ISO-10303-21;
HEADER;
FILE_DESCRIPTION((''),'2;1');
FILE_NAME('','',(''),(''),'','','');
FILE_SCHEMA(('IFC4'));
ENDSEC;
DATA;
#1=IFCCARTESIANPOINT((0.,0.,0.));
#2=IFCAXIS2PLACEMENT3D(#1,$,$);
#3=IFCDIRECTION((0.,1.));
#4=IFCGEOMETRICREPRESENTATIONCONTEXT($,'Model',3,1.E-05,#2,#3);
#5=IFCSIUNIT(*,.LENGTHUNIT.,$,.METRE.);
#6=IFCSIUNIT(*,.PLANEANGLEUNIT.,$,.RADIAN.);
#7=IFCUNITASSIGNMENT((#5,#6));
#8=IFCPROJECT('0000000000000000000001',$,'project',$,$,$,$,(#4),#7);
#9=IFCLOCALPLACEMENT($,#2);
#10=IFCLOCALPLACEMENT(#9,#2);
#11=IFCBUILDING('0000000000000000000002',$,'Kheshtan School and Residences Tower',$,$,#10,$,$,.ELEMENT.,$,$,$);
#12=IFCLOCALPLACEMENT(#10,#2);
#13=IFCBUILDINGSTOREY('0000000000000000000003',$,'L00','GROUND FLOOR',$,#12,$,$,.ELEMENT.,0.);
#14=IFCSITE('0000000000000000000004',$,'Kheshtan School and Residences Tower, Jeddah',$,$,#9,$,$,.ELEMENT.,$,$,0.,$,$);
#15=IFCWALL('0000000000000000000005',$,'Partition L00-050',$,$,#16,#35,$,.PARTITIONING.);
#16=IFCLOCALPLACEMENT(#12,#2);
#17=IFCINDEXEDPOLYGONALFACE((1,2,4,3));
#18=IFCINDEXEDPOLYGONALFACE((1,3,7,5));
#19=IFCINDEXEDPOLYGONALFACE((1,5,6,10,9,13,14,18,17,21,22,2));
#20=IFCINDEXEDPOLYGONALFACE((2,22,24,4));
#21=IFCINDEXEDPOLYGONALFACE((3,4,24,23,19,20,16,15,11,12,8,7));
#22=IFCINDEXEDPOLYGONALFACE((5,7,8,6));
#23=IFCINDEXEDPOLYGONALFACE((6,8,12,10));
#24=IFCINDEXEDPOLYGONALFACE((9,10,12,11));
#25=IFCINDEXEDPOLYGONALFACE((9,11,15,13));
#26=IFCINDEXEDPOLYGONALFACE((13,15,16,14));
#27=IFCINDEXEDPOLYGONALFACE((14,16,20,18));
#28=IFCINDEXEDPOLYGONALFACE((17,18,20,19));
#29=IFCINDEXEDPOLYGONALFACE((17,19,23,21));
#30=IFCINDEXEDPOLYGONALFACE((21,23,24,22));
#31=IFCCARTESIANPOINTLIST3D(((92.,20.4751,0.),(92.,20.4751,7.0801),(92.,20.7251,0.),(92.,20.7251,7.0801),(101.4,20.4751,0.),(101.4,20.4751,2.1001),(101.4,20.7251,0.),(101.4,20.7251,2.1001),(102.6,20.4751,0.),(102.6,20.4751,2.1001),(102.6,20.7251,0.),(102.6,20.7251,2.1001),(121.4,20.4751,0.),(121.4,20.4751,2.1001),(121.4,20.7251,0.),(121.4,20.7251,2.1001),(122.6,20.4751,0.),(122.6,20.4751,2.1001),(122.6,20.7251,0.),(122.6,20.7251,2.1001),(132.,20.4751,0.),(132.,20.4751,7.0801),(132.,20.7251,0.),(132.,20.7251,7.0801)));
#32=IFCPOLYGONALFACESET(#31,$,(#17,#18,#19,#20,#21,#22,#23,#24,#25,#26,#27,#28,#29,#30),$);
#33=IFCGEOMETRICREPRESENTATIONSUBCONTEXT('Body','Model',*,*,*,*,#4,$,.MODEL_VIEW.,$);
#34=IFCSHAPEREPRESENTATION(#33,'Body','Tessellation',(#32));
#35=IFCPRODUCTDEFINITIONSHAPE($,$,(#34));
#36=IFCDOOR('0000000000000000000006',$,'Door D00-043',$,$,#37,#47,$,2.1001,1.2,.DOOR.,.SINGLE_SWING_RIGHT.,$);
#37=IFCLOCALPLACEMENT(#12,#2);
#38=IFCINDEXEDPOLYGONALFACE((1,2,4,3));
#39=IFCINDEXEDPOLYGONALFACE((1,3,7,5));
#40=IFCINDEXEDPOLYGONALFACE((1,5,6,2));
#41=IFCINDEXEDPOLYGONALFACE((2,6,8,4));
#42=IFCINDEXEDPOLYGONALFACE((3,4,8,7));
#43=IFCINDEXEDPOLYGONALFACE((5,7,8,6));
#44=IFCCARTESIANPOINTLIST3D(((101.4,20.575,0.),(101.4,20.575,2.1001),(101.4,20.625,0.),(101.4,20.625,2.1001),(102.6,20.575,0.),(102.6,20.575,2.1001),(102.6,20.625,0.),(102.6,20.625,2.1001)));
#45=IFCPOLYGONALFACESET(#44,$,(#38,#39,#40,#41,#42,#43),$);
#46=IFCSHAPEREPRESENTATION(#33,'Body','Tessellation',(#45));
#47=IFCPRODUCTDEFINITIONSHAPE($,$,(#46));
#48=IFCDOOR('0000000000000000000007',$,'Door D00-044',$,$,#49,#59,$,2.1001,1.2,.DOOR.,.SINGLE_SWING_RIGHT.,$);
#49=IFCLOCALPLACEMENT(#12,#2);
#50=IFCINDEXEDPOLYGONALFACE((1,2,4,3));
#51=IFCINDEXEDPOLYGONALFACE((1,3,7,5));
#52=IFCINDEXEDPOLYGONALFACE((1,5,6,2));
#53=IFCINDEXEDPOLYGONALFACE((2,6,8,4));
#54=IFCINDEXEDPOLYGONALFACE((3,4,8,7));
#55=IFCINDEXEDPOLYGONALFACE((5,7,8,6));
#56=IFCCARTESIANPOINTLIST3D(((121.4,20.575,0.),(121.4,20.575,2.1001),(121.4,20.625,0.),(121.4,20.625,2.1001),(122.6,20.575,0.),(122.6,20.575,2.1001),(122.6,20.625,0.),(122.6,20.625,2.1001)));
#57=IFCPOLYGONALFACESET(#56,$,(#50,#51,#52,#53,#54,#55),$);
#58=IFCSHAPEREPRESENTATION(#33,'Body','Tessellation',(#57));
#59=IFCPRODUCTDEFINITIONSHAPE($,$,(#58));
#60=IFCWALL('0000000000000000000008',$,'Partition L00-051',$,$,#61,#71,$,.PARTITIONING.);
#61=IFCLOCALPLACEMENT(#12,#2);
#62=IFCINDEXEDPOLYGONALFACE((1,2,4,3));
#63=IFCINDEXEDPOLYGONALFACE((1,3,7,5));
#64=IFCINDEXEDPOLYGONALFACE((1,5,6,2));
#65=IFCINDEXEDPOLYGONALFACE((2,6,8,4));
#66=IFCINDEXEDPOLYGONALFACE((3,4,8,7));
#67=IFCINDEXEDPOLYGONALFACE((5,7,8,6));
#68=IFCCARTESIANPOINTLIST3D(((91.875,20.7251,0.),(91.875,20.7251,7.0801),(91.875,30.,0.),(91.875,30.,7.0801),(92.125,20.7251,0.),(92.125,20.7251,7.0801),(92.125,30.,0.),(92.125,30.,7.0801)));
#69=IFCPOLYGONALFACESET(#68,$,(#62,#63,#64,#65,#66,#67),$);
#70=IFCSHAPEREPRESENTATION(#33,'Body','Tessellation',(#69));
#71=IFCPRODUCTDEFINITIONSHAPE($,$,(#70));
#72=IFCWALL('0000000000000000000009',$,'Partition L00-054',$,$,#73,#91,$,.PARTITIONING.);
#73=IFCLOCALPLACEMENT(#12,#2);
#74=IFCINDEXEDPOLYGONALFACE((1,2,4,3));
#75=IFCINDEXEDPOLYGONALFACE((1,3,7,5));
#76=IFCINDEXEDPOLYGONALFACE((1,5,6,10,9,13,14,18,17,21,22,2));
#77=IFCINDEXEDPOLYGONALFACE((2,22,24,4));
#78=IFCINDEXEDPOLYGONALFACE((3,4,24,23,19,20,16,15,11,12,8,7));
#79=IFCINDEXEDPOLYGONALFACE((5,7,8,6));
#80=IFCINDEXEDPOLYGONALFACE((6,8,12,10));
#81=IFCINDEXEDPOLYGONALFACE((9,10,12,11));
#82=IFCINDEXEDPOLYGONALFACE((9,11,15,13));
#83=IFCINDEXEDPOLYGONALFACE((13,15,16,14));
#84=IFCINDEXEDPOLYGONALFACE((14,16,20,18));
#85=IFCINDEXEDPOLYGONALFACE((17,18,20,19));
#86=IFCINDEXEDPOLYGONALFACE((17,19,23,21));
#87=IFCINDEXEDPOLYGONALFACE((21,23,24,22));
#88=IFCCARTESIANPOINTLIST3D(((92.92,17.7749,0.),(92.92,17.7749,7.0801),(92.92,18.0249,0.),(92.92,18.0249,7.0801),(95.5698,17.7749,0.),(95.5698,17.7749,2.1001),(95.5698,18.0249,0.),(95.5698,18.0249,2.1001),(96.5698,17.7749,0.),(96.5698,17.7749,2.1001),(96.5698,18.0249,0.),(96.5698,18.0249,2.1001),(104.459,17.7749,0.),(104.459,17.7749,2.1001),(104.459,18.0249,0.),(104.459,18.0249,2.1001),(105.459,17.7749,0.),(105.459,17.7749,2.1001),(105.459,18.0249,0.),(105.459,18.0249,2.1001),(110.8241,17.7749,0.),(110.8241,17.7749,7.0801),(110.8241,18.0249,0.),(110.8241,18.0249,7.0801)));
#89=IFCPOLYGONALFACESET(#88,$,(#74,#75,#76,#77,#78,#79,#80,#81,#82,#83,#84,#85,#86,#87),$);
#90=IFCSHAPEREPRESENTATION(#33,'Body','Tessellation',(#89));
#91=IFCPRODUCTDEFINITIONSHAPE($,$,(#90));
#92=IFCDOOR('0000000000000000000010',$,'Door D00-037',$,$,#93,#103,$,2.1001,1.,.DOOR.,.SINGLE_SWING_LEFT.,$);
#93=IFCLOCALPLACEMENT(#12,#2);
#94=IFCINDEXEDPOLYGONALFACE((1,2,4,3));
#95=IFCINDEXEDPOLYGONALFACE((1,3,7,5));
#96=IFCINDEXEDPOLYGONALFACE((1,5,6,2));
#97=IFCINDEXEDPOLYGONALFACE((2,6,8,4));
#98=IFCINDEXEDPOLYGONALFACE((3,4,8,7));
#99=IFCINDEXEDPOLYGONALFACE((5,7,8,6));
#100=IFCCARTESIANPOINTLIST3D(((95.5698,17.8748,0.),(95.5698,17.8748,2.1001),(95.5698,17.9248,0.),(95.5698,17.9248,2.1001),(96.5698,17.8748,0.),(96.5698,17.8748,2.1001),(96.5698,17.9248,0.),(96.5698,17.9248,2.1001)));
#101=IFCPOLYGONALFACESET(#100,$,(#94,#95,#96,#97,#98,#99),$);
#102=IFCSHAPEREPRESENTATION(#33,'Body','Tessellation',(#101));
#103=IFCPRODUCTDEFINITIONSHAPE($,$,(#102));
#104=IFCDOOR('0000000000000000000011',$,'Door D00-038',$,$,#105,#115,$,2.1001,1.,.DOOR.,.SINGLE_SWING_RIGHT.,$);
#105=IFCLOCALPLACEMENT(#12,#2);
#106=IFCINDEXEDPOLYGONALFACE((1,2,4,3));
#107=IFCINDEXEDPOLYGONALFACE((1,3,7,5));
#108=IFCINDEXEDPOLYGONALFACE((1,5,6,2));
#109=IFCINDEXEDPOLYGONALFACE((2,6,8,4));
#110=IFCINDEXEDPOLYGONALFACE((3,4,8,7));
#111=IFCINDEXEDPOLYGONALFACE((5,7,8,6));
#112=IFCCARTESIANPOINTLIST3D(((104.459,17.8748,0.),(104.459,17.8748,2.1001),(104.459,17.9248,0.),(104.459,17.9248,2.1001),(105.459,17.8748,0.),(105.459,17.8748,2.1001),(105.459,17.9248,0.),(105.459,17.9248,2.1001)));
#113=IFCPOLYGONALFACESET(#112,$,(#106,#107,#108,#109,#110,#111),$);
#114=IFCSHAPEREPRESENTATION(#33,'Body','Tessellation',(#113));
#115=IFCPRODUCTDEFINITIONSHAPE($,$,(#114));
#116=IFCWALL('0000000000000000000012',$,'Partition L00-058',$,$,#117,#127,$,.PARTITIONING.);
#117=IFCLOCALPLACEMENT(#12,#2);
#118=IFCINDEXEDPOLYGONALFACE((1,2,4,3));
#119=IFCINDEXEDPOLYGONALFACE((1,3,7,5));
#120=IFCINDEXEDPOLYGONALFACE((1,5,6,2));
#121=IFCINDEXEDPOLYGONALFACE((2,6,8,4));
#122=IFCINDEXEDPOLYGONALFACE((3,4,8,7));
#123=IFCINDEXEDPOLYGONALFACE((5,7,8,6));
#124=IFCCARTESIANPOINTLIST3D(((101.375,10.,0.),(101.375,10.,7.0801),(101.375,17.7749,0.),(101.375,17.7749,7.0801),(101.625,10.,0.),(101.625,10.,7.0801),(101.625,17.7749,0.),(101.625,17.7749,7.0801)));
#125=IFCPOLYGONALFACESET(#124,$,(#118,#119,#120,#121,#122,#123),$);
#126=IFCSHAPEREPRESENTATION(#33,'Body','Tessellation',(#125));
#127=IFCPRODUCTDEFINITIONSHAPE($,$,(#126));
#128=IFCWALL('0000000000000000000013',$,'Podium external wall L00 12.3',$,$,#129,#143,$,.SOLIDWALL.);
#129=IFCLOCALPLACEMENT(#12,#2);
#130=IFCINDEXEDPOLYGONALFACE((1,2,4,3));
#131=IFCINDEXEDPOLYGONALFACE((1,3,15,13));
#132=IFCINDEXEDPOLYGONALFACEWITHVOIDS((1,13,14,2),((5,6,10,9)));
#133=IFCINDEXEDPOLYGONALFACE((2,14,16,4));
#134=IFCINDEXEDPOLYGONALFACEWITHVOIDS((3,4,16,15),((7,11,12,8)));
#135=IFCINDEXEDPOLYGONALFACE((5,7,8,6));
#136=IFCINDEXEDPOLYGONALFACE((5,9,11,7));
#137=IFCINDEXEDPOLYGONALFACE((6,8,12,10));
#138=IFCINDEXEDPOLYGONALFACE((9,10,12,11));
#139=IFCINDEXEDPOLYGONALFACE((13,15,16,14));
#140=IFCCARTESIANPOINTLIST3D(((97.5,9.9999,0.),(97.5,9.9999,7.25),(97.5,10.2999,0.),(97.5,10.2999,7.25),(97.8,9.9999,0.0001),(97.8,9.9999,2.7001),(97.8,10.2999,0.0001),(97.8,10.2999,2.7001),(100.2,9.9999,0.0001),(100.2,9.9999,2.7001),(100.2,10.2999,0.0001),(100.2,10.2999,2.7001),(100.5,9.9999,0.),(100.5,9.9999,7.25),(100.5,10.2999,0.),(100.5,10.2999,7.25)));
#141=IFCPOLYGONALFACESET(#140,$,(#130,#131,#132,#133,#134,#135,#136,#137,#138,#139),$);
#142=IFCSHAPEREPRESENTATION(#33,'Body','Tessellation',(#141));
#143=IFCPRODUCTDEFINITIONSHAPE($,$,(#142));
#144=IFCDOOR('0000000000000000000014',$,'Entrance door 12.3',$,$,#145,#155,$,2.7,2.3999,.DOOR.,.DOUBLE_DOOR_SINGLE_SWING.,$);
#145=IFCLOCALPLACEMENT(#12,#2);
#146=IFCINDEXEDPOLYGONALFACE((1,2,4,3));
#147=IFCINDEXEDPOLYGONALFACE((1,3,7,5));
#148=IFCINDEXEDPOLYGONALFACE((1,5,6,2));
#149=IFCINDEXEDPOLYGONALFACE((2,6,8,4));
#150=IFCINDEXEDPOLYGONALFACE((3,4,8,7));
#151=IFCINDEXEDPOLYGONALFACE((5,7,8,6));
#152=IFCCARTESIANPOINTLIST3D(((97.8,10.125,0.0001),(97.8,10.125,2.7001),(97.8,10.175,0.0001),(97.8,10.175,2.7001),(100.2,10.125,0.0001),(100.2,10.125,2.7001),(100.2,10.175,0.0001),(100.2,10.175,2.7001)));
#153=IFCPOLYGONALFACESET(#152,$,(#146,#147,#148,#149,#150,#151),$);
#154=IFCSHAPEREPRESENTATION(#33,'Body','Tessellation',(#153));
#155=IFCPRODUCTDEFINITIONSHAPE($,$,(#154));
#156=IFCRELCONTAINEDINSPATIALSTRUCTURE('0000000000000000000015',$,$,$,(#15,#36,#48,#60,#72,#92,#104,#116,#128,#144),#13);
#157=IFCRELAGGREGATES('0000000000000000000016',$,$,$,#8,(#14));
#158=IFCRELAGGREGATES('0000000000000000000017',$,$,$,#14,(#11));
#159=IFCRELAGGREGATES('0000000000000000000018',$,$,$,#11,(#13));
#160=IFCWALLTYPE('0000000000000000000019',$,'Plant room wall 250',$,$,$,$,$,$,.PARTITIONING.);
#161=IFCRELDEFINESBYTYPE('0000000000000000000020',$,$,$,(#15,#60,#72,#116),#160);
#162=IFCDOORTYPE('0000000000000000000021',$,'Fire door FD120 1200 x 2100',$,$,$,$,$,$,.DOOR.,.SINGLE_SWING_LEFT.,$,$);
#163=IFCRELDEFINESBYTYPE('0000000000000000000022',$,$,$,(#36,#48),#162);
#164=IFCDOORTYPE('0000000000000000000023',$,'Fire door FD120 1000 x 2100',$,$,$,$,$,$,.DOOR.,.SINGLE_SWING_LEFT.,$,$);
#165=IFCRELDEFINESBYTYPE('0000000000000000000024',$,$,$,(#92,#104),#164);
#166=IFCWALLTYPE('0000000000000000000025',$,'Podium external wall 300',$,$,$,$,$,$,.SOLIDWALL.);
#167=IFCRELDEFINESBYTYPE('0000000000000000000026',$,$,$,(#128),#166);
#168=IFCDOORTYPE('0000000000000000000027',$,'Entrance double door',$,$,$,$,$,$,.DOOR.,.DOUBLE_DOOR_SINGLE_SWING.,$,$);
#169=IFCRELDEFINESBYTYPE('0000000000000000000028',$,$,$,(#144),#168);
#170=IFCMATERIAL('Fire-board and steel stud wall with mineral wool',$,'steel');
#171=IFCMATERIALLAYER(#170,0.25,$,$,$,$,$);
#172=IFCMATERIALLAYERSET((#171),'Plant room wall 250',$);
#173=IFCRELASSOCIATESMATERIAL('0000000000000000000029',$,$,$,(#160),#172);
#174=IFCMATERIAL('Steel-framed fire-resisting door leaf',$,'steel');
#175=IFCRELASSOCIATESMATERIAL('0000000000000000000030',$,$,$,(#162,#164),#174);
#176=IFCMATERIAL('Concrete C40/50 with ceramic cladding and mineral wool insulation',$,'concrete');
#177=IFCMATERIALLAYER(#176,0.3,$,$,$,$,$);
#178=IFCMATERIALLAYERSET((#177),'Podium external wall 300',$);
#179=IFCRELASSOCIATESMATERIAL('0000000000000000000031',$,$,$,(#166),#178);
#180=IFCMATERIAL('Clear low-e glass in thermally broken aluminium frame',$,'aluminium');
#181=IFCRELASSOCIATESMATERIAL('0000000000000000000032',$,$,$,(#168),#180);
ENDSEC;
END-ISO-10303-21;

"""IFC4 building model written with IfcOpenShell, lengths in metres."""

from ifc_helpers import new_model, si_unit, direction, frame, frame_2d, origin, place, context, subcontext, project, spatial, rectangle, extrude, source, transform, mapped, material, layer, layer_set, type_object, element, fill, save


model = new_model("IFC4")

# Units and contexts
model_context = context("Model", 3, precision=1e-05, world=origin(), true_north=direction((0.0, 1.0)))
body_context = subcontext(model_context, "Body", "Model", "MODEL_VIEW")
ifc_project = project(units=[si_unit("LENGTHUNIT", "METRE"), si_unit("PLANEANGLEUNIT", "RADIAN")], contexts=[model_context])

# Site, building, storey
site_placement = place(None, origin())
site = spatial("IfcSite", under=ifc_project, at=site_placement, Name="Kheshtan School and Residences Tower, Jeddah", CompositionType="ELEMENT", RefElevation=0.0)
building_placement = place(site_placement, origin())
building = spatial("IfcBuilding", under=site, at=building_placement, Name="Kheshtan School and Residences Tower", CompositionType="ELEMENT")
storey_placement = place(building_placement, origin())
storey = spatial("IfcBuildingStorey", under=building, at=storey_placement, Name="L00", Description="GROUND FLOOR", CompositionType="ELEMENT", Elevation=0.0)

# Shared definitions
ifc_material_1 = material(Name="Clear low-e glass in thermally broken aluminium frame", Category="aluminium")

# Wall, openings, doors
ifc_material_2 = material(Name="Fire-board and steel stud wall with mineral wool", Category="steel")
ifc_layer_1 = layer(ifc_material_2, 0.25)
ifc_layer_set_1 = layer_set([ifc_layer_1], Name="Plant room wall 250")
wall_type_1 = type_object("IfcWallType", Name="Plant room wall 250", PredefinedType="PARTITIONING", material=ifc_layer_set_1)
wall_1_placement = place(storey_placement, frame((92.0, 20.6001, 0.0), z_axis=(0.0, 0.0, 1.0), x_axis=(1.0, 0.0, 0.0)))
wall_1 = element("IfcWall", 1, at=wall_1_placement, inside=storey, type_object=wall_type_1, Name="Partition L00-050", PredefinedType="PARTITIONING", context=body_context, shape_type="SweptSolid", body=[
    extrude(rectangle(XDim=40.0, YDim=0.25, at=frame_2d((20.0, 0.0))), origin(), (0.0, 0.0, 1.0), 7.0801),
])
opening_1_placement = place(wall_1_placement, frame((9.3999, 0.0, 0.0)))
opening_1 = element("IfcOpeningElement", 2, at=opening_1_placement, cuts=wall_1, PredefinedType="OPENING", context=body_context, shape_type="SweptSolid", body=[
    extrude(rectangle(XDim=1.2, YDim=2.1001, at=frame_2d((0.6001, 1.05))), frame((0.0, 0.135, 0.0), z_axis=(0.0, -1.0, 0.0), x_axis=(1.0, 0.0, 0.0)), (0.0, 0.0, 1.0), 0.27),
])
opening_2_placement = place(wall_1_placement, frame((29.3999, 0.0, 0.0)))
opening_2 = element("IfcOpeningElement", 3, at=opening_2_placement, cuts=wall_1, PredefinedType="OPENING", context=body_context, shape_type="SweptSolid", body=[
    extrude(rectangle(XDim=1.2, YDim=2.1001, at=frame_2d((0.6001, 1.05))), frame((0.0, 0.135, 0.0), z_axis=(0.0, -1.0, 0.0), x_axis=(1.0, 0.0, 0.0)), (0.0, 0.0, 1.0), 0.27),
])
ifc_material_3 = material(Name="Steel-framed fire-resisting door leaf", Category="steel")
door_type_1 = type_object("IfcDoorType", Name="Fire door FD120 1200 x 2100", OperationType="SINGLE_SWING_LEFT", PredefinedType="DOOR", material=ifc_material_3)
shared_shape_1 = source(origin(), body_context, "Body", "SweptSolid", [
    extrude(rectangle(XDim=1.2, YDim=2.1001, at=frame_2d((0.6001, 1.05))), frame((0.0, 0.0249, 0.0), z_axis=(0.0, -1.0, 0.0), x_axis=(1.0, 0.0, 0.0)), (0.0, 0.0, 1.0), 0.05),
])
door_1_placement = place(opening_1_placement, origin())
door_1 = element("IfcDoor", 4, at=door_1_placement, inside=storey, type_object=door_type_1, Name="Door D00-043", OperationType="SINGLE_SWING_RIGHT", OverallHeight=2.1001, OverallWidth=1.2, PredefinedType="DOOR", context=body_context, shape_type="MappedRepresentation", body=[
    mapped(shared_shape_1, transform((0.0, 0.0, 0.0), x_axis=(1.0, 0.0, 0.0), y_axis=(0.0, 1.0, 0.0), z_axis=(0.0, 0.0, 1.0), scale=1.0)),
])
fill(opening_1, door_1)
door_2_placement = place(opening_2_placement, origin())
door_2 = element("IfcDoor", 5, at=door_2_placement, inside=storey, type_object=door_type_1, Name="Door D00-044", OperationType="SINGLE_SWING_RIGHT", OverallHeight=2.1001, OverallWidth=1.2, PredefinedType="DOOR", context=body_context, shape_type="MappedRepresentation", body=[
    mapped(shared_shape_1, transform((0.0, 0.0, 0.0), x_axis=(1.0, 0.0, 0.0), y_axis=(0.0, 1.0, 0.0), z_axis=(0.0, 0.0, 1.0), scale=1.0)),
])
fill(opening_2, door_2)

# Wall
wall_2_placement = place(storey_placement, frame((92.0, 20.7251, 0.0), z_axis=(0.0, 0.0, 1.0), x_axis=(0.0, 1.0, 0.0)))
element("IfcWall", 6, at=wall_2_placement, inside=storey, type_object=wall_type_1, Name="Partition L00-051", PredefinedType="PARTITIONING", context=body_context, shape_type="SweptSolid", body=[
    extrude(rectangle(XDim=9.2749, YDim=0.25, at=frame_2d((4.6375, 0.0))), origin(), (0.0, 0.0, 1.0), 7.0801),
])

# Wall, openings, doors
wall_3_placement = place(storey_placement, frame((92.9199, 17.8999, 0.0), z_axis=(0.0, 0.0, 1.0), x_axis=(1.0, 0.0, 0.0)))
wall_3 = element("IfcWall", 7, at=wall_3_placement, inside=storey, type_object=wall_type_1, Name="Partition L00-054", PredefinedType="PARTITIONING", context=body_context, shape_type="SweptSolid", body=[
    extrude(rectangle(XDim=17.9041, YDim=0.25, at=frame_2d((8.9521, 0.0))), origin(), (0.0, 0.0, 1.0), 7.0801),
])
opening_3_placement = place(wall_3_placement, frame((2.6499, 0.0, 0.0)))
opening_3 = element("IfcOpeningElement", 8, at=opening_3_placement, cuts=wall_3, PredefinedType="OPENING", context=body_context, shape_type="SweptSolid", body=[
    extrude(rectangle(XDim=1.0, YDim=2.1001, at=frame_2d((0.5, 1.05))), frame((0.0, 0.135, 0.0), z_axis=(0.0, -1.0, 0.0), x_axis=(1.0, 0.0, 0.0)), (0.0, 0.0, 1.0), 0.27),
])
opening_4_placement = place(wall_3_placement, frame((11.5391, 0.0, 0.0)))
opening_4 = element("IfcOpeningElement", 9, at=opening_4_placement, cuts=wall_3, PredefinedType="OPENING", context=body_context, shape_type="SweptSolid", body=[
    extrude(rectangle(XDim=1.0, YDim=2.1001, at=frame_2d((0.5, 1.05))), frame((0.0, 0.135, 0.0), z_axis=(0.0, -1.0, 0.0), x_axis=(1.0, 0.0, 0.0)), (0.0, 0.0, 1.0), 0.27),
])
door_type_2 = type_object("IfcDoorType", Name="Fire door FD120 1000 x 2100", OperationType="SINGLE_SWING_LEFT", PredefinedType="DOOR", material=ifc_material_3)
shared_shape_2 = source(origin(), body_context, "Body", "SweptSolid", [
    extrude(rectangle(XDim=1.0, YDim=2.1001, at=frame_2d((0.5, 1.05))), frame((0.0, 0.0249, 0.0), z_axis=(0.0, -1.0, 0.0), x_axis=(1.0, 0.0, 0.0)), (0.0, 0.0, 1.0), 0.05),
])
door_3_placement = place(opening_3_placement, origin())
door_3 = element("IfcDoor", 10, at=door_3_placement, inside=storey, type_object=door_type_2, Name="Door D00-037", OperationType="SINGLE_SWING_LEFT", OverallHeight=2.1001, OverallWidth=1.0, PredefinedType="DOOR", context=body_context, shape_type="MappedRepresentation", body=[
    mapped(shared_shape_2, transform((0.0, 0.0, 0.0), x_axis=(1.0, 0.0, 0.0), y_axis=(0.0, 1.0, 0.0), z_axis=(0.0, 0.0, 1.0), scale=1.0)),
])
fill(opening_3, door_3)
door_4_placement = place(opening_4_placement, origin())
door_4 = element("IfcDoor", 11, at=door_4_placement, inside=storey, type_object=door_type_2, Name="Door D00-038", OperationType="SINGLE_SWING_RIGHT", OverallHeight=2.1001, OverallWidth=1.0, PredefinedType="DOOR", context=body_context, shape_type="MappedRepresentation", body=[
    mapped(shared_shape_2, transform((0.0, 0.0, 0.0), x_axis=(1.0, 0.0, 0.0), y_axis=(0.0, 1.0, 0.0), z_axis=(0.0, 0.0, 1.0), scale=1.0)),
])
fill(opening_4, door_4)

# Wall
wall_4_placement = place(storey_placement, frame((101.5, 10.0, 0.0), z_axis=(0.0, 0.0, 1.0), x_axis=(0.0, 1.0, 0.0)))
element("IfcWall", 12, at=wall_4_placement, inside=storey, type_object=wall_type_1, Name="Partition L00-058", PredefinedType="PARTITIONING", context=body_context, shape_type="SweptSolid", body=[
    extrude(rectangle(XDim=7.7749, YDim=0.25, at=frame_2d((3.8875, 0.0))), origin(), (0.0, 0.0, 1.0), 7.0801),
])

# Wall, opening, door
ifc_material_4 = material(Name="Concrete C40/50 with ceramic cladding and mineral wool insulation", Category="concrete")
ifc_layer_2 = layer(ifc_material_4, 0.3)
ifc_layer_set_2 = layer_set([ifc_layer_2], Name="Podium external wall 300")
wall_type_2 = type_object("IfcWallType", Name="Podium external wall 300", PredefinedType="SOLIDWALL", material=ifc_layer_set_2)
wall_5_placement = place(storey_placement, frame((100.5, 10.1499, 0.0), z_axis=(0.0, 0.0, 1.0), x_axis=(-1.0, 0.0, 0.0)))
wall_5 = element("IfcWall", 13, at=wall_5_placement, inside=storey, type_object=wall_type_2, Name="Podium external wall L00 12.3", PredefinedType="SOLIDWALL", context=body_context, shape_type="SweptSolid", body=[
    extrude(rectangle(XDim=3.0, YDim=0.3, at=frame_2d((1.5, 0.0))), origin(), (0.0, 0.0, 1.0), 7.25),
])
opening_5_placement = place(wall_5_placement, frame((0.3, 0.0, 0.0)))
opening_5 = element("IfcOpeningElement", 14, at=opening_5_placement, cuts=wall_5, PredefinedType="OPENING", context=body_context, shape_type="SweptSolid", body=[
    extrude(rectangle(XDim=2.3999, YDim=2.7, at=frame_2d((1.2, 1.3501))), frame((0.0, 0.1602, 0.0), z_axis=(0.0, -1.0, 0.0), x_axis=(1.0, 0.0, 0.0)), (0.0, 0.0, 1.0), 0.3201),
])
door_type_3 = type_object("IfcDoorType", Name="Entrance double door", OperationType="DOUBLE_DOOR_SINGLE_SWING", PredefinedType="DOOR", material=ifc_material_1)
shared_shape_3 = source(origin(), body_context, "Body", "SweptSolid", [
    extrude(rectangle(XDim=2.3999, YDim=2.7, at=frame_2d((1.2, 1.3501))), frame((0.0, 0.0249, 0.0), z_axis=(0.0, -1.0, 0.0), x_axis=(1.0, 0.0, 0.0)), (0.0, 0.0, 1.0), 0.05),
])
door_5_placement = place(opening_5_placement, origin())
door_5 = element("IfcDoor", 15, at=door_5_placement, inside=storey, type_object=door_type_3, Name="Entrance door 12.3", OperationType="DOUBLE_DOOR_SINGLE_SWING", OverallHeight=2.7, OverallWidth=2.3999, PredefinedType="DOOR", context=body_context, shape_type="MappedRepresentation", body=[
    mapped(shared_shape_3, transform((0.0, 0.0, 0.0), x_axis=(1.0, 0.0, 0.0), y_axis=(0.0, 1.0, 0.0), z_axis=(0.0, 0.0, 1.0), scale=1.0)),
])
fill(opening_5, door_5)

save(model, "model.ifc")
